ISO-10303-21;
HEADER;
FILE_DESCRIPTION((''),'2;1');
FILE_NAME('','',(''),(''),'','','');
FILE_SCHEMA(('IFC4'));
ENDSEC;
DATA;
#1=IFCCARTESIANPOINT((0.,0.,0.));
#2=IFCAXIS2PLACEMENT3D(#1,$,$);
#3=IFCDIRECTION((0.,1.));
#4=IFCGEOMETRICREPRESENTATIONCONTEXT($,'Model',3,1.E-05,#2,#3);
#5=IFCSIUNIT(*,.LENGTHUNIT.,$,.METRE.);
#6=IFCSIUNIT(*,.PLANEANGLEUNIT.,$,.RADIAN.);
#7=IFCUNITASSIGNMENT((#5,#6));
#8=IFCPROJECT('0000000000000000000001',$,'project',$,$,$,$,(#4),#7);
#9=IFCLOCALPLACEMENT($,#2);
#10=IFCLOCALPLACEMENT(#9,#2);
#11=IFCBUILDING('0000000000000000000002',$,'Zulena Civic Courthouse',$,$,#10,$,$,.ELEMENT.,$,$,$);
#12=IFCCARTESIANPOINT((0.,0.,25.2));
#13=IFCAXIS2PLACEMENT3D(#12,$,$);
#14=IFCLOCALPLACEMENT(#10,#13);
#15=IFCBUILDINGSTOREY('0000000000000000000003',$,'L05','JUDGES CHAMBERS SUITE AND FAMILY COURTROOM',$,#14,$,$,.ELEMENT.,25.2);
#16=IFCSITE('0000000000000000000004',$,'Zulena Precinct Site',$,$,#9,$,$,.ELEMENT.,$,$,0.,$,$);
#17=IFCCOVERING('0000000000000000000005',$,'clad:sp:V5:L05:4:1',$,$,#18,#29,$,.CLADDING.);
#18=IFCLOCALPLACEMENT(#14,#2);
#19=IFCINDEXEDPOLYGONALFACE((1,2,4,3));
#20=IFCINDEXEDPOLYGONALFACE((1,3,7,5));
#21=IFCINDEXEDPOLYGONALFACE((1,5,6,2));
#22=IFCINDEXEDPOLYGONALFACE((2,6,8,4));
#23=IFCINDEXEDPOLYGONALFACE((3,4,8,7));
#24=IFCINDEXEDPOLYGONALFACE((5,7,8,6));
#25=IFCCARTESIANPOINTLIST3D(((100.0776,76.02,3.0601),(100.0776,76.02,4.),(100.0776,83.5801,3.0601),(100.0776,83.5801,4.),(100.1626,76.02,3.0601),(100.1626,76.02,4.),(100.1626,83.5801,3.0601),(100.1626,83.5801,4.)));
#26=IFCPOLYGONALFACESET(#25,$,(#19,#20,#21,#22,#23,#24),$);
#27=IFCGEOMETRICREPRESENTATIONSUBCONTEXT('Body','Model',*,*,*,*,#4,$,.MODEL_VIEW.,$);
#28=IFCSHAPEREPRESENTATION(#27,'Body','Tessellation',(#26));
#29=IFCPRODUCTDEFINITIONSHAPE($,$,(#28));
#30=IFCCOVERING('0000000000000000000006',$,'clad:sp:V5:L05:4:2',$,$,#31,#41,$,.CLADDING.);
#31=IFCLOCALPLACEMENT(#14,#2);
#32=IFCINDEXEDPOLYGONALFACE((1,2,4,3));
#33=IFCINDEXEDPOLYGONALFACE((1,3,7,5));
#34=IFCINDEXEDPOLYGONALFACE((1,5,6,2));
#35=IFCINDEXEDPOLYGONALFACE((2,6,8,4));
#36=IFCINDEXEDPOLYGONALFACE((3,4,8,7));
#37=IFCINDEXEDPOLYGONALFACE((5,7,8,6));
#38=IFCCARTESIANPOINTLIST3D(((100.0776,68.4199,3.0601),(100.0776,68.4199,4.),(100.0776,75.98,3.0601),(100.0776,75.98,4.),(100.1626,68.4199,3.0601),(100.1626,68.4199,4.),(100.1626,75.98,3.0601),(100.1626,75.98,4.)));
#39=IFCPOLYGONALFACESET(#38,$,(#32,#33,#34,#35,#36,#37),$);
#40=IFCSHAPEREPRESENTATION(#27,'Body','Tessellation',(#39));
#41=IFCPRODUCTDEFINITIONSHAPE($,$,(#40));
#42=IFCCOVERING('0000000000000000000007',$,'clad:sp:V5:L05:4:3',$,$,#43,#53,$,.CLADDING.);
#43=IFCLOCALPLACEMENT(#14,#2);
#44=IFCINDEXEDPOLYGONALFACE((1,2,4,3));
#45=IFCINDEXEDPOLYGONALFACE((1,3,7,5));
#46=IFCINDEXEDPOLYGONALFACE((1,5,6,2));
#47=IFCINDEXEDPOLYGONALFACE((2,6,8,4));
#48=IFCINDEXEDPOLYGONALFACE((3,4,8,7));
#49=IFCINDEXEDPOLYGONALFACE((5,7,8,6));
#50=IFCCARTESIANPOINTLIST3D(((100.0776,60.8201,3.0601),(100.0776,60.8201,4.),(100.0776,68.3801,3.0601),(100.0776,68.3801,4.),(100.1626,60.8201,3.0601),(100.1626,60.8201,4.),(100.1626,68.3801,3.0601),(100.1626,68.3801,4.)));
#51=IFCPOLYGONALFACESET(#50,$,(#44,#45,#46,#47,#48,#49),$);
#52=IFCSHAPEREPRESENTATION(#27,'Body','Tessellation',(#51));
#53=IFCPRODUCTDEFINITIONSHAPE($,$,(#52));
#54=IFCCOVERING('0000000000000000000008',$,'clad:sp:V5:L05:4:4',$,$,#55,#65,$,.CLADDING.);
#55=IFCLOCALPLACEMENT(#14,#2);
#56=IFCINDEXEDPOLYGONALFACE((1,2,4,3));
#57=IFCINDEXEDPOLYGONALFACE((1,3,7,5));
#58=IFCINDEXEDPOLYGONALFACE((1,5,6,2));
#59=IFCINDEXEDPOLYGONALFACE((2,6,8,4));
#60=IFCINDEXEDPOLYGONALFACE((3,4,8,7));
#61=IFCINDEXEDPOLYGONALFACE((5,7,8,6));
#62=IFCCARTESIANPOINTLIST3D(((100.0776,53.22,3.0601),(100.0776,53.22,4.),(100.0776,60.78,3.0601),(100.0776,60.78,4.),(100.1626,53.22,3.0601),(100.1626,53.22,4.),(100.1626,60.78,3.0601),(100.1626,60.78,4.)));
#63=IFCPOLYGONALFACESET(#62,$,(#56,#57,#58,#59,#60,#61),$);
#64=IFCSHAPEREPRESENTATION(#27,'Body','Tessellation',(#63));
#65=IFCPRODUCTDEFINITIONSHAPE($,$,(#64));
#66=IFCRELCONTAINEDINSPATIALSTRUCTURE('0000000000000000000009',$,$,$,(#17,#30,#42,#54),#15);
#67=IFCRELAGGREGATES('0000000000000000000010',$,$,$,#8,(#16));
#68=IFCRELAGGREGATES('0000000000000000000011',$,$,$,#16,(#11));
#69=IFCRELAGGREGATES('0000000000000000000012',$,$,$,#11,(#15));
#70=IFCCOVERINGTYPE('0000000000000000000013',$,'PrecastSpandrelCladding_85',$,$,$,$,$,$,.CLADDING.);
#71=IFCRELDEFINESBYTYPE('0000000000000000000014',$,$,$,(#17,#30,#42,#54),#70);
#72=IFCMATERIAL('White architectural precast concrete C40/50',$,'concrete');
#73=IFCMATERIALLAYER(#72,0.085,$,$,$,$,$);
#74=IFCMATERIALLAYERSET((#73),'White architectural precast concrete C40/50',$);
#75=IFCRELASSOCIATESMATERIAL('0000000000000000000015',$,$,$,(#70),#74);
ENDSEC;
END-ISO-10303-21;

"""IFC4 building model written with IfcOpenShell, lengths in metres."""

from ifc_helpers import new_model, si_unit, direction, frame, origin, origin_2d, place, context, subcontext, project, spatial, rectangle, extrude, material, layer, layer_set, type_object, element, save


model = new_model("IFC4")

# Units and contexts
model_context = context("Model", 3, precision=1e-05, world=origin(), true_north=direction((0.0, 1.0)))
body_context = subcontext(model_context, "Body", "Model", "MODEL_VIEW")
ifc_project = project(units=[si_unit("LENGTHUNIT", "METRE"), si_unit("PLANEANGLEUNIT", "RADIAN")], contexts=[model_context])

# Site, building, storey
site_placement = place(None, origin())
site = spatial("IfcSite", under=ifc_project, at=site_placement, Name="Zulena Precinct Site", CompositionType="ELEMENT", RefElevation=0.0)
building_placement = place(site_placement, origin())
building = spatial("IfcBuilding", under=site, at=building_placement, Name="Zulena Civic Courthouse", CompositionType="ELEMENT")
storey_placement = place(building_placement, frame((0.0, 0.0, 25.2)))
storey = spatial("IfcBuildingStorey", under=building, at=storey_placement, Name="L05", Description="JUDGES CHAMBERS SUITE AND FAMILY COURTROOM", CompositionType="ELEMENT", Elevation=25.2)

# Coverings
ifc_material_1 = material(Name="White architectural precast concrete C40/50", Category="concrete")
ifc_layer_1 = layer(ifc_material_1, 0.085)
ifc_layer_set_1 = layer_set([ifc_layer_1], Name="White architectural precast concrete C40/50")
covering_type = type_object("IfcCoveringType", Name="PrecastSpandrelCladding_85", PredefinedType="CLADDING", material=ifc_layer_set_1)
for number, where, z_axis, x_axis, name in (
    (1, (100.1201, 79.8, 3.0601), (0.0, 0.0, 1.0), (0.0, -1.0, 0.0), "clad:sp:V5:L05:4:1"),
    (2, (100.1201, 72.2, 3.0601), (0.0, 0.0, 1.0), (0.0, -1.0, 0.0), "clad:sp:V5:L05:4:2"),
    (3, (100.1201, 64.6001, 3.0601), (0.0, 0.0, 1.0), (0.0, -1.0, 0.0), "clad:sp:V5:L05:4:3"),
    (4, (100.1201, 57.0, 3.0601), (0.0, 0.0, 1.0), (0.0, -1.0, 0.0), "clad:sp:V5:L05:4:4"),
):
    element("IfcCovering", number, at=place(storey_placement, frame(where, z_axis=z_axis, x_axis=x_axis)), inside=storey, type_object=covering_type, Name=name, PredefinedType="CLADDING", context=body_context, shape_type="SweptSolid", body=[
        extrude(rectangle(XDim=7.5601, YDim=0.085, at=origin_2d()), origin(), (0.0, 0.0, 1.0), 0.9399),
    ])

save(model, "model.ifc")
